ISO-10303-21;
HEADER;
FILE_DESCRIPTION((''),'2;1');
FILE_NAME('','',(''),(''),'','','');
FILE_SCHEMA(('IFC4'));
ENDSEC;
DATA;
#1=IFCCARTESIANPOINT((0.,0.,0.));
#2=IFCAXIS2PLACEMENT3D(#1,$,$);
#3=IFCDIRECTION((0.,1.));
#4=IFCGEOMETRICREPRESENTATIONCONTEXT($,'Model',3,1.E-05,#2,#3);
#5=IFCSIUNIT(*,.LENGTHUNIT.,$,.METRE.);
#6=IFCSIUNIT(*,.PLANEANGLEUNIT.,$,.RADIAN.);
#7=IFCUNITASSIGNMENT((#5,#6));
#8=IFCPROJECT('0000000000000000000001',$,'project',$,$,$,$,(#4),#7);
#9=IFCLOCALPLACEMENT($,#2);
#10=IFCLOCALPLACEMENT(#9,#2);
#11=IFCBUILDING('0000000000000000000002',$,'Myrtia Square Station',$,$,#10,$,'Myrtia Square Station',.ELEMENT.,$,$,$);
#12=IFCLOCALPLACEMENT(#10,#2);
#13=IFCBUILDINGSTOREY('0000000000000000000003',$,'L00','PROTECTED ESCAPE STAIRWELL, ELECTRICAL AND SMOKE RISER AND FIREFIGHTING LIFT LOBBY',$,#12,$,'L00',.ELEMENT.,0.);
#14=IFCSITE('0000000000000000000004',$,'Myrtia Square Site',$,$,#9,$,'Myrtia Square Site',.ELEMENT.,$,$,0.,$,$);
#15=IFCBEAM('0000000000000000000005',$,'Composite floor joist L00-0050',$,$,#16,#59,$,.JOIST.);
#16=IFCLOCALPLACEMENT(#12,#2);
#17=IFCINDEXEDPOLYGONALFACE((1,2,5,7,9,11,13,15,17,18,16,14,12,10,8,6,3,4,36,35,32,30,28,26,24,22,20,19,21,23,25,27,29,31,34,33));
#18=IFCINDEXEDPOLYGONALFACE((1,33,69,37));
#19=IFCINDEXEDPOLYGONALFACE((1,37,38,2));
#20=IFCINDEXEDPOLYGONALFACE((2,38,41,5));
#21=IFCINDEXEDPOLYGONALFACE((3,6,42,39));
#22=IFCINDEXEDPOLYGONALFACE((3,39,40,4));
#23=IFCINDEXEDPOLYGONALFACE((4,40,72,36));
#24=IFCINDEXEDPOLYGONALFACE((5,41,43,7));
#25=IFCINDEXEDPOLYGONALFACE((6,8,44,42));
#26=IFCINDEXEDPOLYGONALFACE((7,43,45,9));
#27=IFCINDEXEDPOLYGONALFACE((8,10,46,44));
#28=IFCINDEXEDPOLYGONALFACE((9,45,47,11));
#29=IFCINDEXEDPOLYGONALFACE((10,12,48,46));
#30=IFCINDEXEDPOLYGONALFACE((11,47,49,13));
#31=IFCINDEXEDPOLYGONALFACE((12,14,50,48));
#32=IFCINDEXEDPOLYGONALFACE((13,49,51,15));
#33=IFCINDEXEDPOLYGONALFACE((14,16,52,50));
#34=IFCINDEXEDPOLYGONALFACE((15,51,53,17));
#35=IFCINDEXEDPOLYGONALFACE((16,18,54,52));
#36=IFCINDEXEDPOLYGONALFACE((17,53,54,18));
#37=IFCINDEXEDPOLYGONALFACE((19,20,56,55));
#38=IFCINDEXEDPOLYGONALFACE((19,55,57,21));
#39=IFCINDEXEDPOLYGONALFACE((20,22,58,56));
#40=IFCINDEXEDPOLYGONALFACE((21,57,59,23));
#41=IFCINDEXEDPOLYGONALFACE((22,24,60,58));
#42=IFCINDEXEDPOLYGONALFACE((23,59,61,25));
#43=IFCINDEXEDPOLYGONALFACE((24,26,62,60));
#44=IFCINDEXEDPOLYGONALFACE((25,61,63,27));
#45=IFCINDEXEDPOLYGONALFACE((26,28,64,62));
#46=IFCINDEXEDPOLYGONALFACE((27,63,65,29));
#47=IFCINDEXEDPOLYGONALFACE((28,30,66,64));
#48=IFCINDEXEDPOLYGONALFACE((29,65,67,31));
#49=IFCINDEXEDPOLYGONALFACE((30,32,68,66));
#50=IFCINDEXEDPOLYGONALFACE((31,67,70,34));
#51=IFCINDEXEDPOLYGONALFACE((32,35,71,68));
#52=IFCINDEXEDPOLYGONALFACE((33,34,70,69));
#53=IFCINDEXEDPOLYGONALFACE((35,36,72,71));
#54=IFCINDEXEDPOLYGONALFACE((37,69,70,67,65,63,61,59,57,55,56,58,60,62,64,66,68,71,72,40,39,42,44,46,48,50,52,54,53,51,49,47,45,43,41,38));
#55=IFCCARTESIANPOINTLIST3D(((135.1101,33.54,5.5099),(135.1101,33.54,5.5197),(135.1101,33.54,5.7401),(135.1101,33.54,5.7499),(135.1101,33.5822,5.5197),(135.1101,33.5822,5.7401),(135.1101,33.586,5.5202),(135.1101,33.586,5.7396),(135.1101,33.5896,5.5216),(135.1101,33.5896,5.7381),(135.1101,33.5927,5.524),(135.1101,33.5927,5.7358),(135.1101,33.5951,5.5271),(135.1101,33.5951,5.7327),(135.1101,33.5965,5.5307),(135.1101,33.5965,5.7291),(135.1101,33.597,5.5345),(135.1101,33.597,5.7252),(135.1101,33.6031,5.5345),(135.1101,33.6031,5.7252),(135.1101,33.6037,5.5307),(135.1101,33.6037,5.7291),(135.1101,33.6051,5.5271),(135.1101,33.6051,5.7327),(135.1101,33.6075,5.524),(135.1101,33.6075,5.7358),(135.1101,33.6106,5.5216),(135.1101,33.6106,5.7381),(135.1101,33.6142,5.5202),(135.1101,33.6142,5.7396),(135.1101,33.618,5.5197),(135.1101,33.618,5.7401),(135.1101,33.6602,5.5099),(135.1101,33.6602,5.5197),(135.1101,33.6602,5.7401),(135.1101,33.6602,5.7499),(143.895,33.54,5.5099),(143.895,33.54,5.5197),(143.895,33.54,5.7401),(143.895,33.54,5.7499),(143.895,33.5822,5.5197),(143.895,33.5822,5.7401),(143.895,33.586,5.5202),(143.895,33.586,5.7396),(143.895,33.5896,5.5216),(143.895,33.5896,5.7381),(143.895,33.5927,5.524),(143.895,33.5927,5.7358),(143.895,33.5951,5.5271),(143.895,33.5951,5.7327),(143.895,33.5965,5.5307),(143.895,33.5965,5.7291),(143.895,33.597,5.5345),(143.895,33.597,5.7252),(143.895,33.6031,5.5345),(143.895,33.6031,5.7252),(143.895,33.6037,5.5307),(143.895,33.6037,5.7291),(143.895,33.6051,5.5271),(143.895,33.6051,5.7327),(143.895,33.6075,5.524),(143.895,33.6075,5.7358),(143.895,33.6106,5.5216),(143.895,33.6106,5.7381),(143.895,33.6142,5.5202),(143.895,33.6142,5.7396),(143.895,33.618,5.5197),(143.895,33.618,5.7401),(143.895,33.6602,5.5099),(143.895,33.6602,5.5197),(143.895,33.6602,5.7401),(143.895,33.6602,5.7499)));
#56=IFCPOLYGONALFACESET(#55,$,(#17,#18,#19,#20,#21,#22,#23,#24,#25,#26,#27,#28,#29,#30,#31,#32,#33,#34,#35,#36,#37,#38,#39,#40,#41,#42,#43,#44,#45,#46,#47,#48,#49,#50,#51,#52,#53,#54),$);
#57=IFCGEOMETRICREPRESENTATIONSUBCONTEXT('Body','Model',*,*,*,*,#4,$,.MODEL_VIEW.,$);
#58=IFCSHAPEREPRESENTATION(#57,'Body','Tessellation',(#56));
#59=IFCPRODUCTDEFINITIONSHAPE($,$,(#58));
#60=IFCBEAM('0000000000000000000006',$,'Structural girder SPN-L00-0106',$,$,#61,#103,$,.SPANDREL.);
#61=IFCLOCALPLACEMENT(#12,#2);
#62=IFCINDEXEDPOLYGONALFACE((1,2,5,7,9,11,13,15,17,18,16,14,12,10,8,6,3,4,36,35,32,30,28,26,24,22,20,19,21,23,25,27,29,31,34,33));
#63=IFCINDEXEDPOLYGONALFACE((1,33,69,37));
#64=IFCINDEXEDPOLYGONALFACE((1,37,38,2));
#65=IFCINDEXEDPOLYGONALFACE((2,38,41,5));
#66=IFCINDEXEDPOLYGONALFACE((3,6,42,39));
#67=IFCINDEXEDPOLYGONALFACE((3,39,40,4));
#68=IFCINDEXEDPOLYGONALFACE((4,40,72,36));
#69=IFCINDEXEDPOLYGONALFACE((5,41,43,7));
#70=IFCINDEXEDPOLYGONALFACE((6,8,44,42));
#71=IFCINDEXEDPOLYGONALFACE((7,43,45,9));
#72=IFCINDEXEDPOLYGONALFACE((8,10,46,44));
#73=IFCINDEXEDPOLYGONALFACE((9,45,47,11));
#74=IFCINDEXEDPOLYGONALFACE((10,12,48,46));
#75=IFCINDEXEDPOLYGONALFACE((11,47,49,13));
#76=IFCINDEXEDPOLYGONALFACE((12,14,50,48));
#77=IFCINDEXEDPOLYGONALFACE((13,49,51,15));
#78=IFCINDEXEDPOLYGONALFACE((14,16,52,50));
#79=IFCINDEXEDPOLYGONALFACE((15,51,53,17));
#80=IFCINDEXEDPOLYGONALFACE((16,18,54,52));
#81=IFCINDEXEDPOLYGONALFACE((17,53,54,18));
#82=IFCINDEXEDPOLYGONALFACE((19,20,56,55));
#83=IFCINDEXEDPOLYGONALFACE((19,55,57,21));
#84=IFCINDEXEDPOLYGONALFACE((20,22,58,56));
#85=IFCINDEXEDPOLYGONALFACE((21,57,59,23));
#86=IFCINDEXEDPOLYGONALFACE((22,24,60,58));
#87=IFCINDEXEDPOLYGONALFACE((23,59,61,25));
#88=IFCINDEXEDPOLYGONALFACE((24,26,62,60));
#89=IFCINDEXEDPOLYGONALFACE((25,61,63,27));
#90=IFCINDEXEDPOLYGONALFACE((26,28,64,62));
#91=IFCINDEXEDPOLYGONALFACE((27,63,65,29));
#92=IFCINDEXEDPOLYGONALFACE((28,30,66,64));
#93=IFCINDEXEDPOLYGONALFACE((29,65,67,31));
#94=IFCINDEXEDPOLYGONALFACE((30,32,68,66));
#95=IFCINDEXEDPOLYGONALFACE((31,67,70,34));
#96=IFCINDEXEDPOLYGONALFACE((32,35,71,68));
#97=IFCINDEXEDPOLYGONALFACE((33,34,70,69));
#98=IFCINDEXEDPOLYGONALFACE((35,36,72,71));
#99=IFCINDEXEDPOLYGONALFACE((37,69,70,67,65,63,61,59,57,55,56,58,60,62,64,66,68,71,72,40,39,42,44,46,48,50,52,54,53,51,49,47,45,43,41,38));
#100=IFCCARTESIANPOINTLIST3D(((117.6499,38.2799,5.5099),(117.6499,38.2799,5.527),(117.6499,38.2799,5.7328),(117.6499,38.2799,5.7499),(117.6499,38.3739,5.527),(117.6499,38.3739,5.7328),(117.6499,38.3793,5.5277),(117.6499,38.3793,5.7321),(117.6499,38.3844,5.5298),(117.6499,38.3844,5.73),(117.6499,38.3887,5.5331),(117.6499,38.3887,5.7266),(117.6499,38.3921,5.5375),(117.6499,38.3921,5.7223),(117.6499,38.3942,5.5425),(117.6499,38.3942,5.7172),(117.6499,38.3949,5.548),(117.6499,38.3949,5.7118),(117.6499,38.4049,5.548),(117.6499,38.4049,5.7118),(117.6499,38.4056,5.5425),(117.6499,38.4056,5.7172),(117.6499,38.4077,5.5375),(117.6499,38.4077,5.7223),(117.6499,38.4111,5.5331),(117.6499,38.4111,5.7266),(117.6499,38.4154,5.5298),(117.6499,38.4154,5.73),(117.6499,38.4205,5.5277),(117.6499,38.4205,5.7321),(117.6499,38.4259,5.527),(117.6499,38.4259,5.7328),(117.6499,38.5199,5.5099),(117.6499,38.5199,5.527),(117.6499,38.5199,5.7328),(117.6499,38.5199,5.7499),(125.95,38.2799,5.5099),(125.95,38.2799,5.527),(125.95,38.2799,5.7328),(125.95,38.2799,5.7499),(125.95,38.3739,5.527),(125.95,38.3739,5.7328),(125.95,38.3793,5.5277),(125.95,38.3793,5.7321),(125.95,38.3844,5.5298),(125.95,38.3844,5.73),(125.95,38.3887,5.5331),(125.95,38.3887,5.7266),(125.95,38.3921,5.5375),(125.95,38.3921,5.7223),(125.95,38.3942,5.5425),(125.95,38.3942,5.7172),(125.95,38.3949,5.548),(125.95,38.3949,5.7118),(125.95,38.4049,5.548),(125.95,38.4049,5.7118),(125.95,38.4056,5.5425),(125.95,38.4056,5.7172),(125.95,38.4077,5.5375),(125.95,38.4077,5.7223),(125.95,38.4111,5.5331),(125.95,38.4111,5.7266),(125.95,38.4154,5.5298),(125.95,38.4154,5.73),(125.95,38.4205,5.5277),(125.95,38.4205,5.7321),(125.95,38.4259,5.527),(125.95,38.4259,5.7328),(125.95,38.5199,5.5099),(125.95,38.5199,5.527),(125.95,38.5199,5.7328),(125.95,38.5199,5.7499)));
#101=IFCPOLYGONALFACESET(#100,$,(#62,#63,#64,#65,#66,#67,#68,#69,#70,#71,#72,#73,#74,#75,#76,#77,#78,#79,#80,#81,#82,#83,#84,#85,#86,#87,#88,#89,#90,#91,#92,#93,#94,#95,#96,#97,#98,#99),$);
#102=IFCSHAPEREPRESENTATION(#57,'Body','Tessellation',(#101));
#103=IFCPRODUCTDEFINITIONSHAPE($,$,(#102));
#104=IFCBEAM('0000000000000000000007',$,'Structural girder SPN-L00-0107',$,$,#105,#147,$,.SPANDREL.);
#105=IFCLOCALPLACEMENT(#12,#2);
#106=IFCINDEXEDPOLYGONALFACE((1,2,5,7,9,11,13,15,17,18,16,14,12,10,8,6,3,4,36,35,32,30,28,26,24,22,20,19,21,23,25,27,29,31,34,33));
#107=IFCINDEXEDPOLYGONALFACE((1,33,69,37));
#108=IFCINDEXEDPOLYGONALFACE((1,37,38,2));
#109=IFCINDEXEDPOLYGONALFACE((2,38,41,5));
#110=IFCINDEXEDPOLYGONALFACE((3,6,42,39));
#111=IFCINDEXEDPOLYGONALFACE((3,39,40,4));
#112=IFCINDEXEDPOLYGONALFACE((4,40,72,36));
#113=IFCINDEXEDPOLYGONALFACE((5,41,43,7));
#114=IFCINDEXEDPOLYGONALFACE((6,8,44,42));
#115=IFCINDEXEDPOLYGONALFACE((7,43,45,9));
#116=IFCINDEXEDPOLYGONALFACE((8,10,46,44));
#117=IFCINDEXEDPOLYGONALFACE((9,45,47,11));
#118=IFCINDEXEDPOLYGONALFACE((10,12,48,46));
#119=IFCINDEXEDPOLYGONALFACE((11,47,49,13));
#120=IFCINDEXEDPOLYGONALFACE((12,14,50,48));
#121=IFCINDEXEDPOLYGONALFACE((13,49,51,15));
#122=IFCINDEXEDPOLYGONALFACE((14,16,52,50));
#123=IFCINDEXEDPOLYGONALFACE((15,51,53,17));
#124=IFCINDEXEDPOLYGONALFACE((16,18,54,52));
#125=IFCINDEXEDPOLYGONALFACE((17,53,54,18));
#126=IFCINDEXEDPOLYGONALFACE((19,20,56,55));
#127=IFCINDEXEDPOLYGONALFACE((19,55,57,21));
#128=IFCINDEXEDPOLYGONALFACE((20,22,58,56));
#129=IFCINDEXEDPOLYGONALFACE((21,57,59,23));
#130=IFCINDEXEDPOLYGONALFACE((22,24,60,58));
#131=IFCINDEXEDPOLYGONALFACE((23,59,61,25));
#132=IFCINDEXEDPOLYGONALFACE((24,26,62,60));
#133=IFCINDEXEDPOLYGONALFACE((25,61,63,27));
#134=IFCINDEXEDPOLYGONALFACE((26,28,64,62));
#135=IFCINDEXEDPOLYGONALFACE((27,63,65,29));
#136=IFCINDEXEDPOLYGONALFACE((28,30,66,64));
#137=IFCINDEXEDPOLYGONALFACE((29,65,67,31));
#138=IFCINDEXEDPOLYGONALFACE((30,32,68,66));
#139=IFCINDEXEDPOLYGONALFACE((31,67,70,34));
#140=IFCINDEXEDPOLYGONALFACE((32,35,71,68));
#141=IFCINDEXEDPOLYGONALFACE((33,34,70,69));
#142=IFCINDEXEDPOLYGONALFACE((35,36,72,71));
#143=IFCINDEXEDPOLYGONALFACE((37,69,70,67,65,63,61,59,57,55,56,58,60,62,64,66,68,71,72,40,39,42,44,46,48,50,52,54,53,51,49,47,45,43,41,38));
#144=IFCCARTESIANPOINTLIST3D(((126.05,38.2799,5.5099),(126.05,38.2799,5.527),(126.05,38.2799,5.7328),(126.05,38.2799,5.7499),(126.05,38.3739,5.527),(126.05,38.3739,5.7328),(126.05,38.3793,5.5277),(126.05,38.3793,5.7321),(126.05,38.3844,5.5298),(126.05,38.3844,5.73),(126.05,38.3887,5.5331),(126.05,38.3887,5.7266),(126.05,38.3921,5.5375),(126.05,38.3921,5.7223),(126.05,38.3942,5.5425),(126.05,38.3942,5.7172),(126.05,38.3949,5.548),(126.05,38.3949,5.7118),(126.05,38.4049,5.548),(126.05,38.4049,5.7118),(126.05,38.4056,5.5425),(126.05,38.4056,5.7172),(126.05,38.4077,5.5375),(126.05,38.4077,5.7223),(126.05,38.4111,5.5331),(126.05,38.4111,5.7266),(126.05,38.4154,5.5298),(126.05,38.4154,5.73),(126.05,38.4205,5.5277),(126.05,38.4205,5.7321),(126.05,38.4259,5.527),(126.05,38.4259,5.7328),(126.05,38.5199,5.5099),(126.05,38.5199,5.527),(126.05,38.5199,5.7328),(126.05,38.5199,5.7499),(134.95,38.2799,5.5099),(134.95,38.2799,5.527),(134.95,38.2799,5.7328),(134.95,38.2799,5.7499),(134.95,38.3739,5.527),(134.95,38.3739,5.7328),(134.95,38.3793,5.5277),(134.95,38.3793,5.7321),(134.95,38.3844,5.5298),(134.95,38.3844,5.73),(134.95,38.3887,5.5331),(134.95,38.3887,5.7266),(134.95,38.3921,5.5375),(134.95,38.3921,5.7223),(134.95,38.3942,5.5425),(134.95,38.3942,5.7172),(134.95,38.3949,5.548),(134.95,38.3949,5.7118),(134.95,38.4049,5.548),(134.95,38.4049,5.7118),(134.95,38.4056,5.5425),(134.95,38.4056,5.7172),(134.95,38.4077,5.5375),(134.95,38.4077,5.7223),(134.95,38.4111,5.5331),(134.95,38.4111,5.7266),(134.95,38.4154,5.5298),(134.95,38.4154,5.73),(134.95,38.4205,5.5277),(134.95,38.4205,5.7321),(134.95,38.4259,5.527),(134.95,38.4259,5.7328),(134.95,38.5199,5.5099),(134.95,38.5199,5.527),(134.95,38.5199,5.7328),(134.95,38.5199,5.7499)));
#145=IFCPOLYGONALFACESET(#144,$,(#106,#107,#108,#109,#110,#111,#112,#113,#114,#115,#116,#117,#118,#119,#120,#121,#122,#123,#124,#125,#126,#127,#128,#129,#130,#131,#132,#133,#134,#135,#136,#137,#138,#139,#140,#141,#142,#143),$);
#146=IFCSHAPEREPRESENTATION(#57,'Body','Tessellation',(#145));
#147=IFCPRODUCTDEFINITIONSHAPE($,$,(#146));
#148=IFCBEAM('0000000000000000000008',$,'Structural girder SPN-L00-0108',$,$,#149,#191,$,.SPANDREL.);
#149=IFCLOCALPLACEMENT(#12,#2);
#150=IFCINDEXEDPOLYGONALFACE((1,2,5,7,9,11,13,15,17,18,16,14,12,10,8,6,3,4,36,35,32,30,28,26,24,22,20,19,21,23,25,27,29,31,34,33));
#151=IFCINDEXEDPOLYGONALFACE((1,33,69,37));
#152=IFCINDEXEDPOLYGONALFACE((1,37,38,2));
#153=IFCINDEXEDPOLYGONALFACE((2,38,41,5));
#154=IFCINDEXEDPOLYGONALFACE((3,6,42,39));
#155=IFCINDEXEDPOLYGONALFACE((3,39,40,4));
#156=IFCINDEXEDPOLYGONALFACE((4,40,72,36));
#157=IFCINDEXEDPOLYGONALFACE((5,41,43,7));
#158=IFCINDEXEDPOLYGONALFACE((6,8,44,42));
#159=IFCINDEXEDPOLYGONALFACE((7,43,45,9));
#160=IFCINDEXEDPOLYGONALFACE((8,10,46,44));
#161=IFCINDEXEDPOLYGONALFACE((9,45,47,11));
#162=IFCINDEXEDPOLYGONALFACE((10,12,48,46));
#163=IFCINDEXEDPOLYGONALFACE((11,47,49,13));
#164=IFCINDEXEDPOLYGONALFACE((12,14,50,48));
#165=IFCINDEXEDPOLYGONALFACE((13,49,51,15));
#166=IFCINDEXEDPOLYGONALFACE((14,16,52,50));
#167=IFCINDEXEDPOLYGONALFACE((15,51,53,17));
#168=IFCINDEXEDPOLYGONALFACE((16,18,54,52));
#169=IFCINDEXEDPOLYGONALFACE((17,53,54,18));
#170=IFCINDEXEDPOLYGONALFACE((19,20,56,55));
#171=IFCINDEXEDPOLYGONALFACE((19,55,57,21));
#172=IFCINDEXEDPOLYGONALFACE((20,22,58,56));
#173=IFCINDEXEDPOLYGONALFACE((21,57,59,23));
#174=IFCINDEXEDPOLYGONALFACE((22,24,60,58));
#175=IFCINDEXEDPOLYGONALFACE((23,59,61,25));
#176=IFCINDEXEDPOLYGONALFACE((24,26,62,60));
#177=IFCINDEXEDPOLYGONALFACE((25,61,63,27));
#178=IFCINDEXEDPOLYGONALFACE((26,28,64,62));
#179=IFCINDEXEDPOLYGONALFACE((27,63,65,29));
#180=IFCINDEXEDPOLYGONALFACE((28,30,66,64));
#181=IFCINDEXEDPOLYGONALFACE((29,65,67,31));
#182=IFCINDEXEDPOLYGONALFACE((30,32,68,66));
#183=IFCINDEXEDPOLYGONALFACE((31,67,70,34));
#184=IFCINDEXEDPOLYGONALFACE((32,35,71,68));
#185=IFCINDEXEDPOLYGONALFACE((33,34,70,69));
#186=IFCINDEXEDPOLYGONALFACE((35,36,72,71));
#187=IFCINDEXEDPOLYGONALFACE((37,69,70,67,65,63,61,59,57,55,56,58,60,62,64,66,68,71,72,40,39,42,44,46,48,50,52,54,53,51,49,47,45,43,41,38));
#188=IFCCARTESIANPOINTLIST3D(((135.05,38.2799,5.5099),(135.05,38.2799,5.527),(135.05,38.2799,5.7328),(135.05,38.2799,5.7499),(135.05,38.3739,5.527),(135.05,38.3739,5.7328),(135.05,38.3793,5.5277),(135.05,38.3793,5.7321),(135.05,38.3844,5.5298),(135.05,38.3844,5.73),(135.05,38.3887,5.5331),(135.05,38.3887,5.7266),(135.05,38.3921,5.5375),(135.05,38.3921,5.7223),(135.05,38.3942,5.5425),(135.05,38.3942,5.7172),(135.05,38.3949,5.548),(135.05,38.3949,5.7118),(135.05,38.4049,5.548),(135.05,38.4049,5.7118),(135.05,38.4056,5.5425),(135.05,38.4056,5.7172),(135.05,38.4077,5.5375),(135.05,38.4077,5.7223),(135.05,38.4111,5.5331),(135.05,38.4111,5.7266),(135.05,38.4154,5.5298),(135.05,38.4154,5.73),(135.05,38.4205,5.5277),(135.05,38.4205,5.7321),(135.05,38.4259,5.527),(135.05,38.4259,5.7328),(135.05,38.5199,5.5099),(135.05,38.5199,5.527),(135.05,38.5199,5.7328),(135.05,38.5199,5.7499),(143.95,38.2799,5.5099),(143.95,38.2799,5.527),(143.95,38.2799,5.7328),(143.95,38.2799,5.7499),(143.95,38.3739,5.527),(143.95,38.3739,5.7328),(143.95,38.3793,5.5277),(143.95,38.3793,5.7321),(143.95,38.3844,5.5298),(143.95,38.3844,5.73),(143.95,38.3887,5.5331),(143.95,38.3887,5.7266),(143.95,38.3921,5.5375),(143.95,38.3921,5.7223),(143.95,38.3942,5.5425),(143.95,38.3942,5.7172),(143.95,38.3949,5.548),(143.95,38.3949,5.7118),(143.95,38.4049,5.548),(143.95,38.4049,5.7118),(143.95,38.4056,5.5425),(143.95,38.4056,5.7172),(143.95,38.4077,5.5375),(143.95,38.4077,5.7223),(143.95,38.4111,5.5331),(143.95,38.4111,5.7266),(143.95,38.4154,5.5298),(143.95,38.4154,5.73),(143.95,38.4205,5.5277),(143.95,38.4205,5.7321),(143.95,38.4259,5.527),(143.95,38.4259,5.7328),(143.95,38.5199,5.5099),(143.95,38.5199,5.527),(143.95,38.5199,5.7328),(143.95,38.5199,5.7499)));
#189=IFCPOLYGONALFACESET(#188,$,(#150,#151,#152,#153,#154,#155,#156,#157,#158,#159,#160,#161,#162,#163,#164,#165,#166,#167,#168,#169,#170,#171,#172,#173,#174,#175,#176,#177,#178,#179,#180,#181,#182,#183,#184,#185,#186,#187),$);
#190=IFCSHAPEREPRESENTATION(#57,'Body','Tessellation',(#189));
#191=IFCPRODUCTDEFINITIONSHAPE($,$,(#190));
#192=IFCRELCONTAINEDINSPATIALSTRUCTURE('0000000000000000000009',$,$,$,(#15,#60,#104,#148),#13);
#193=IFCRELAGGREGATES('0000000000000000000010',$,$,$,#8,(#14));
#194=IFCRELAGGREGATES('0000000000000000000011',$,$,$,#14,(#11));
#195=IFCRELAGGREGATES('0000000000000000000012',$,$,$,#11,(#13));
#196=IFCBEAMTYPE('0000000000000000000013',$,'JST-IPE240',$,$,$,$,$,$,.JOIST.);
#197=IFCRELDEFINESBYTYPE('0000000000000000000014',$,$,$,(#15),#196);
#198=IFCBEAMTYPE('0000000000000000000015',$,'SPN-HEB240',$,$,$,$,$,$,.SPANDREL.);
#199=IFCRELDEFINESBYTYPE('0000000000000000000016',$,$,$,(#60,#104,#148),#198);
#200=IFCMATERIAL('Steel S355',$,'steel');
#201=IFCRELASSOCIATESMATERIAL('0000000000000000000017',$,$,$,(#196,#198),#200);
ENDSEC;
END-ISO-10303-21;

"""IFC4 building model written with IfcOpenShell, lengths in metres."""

from ifc_helpers import new_model, si_unit, direction, frame, origin, origin_2d, place, context, subcontext, project, spatial, i_section, extrude, material, material_profile, profile_set, type_object, element, save


model = new_model("IFC4")

# Units and contexts
model_context = context("Model", 3, precision=1e-05, world=origin(), true_north=direction((0.0, 1.0)))
body_context = subcontext(model_context, "Body", "Model", "MODEL_VIEW")
ifc_project = project(units=[si_unit("LENGTHUNIT", "METRE"), si_unit("PLANEANGLEUNIT", "RADIAN")], contexts=[model_context])

# Site, building, storey
site_placement = place(None, origin())
site = spatial("IfcSite", under=ifc_project, at=site_placement, Name="Myrtia Square Site", LongName="Myrtia Square Site", CompositionType="ELEMENT", RefElevation=0.0)
building_placement = place(site_placement, origin())
building = spatial("IfcBuilding", under=site, at=building_placement, Name="Myrtia Square Station", LongName="Myrtia Square Station", CompositionType="ELEMENT")
storey_placement = place(building_placement, origin())
storey = spatial("IfcBuildingStorey", under=building, at=storey_placement, Name="L00", Description="PROTECTED ESCAPE STAIRWELL, ELECTRICAL AND SMOKE RISER AND FIREFIGHTING LIFT LOBBY", LongName="L00", CompositionType="ELEMENT", Elevation=0.0)

# Shared definitions
ifc_material_1 = material(Name="Steel S355", Category="steel")

# Beams
ifc_material_profile_1 = material_profile(ifc_material_1, i_section(OverallWidth=0.1201, OverallDepth=0.24, WebThickness=0.0061, FlangeThickness=0.0098, FilletRadius=0.0149, at=origin_2d()), Name="IPE 240")
ifc_profile_set_1 = profile_set([ifc_material_profile_1], Name="Steel S355")
beam_type_1 = type_object("IfcBeamType", Name="JST-IPE240", PredefinedType="JOIST", material=ifc_profile_set_1)
beam_1_placement = place(storey_placement, frame((135.1101, 33.6001, 5.6299), z_axis=(1.0, 0.0, 0.0), x_axis=(0.0, 1.0, 0.0)))
element("IfcBeam", 1, at=beam_1_placement, inside=storey, type_object=beam_type_1, Name="Composite floor joist L00-0050", PredefinedType="JOIST", context=body_context, shape_type="SweptSolid", body=[
    extrude(i_section(OverallWidth=0.1201, OverallDepth=0.24, WebThickness=0.0061, FlangeThickness=0.0098, FilletRadius=0.0149, at=origin_2d()), origin(), (0.0, 0.0, 1.0), 8.7849),
])
ifc_material_profile_2 = material_profile(ifc_material_1, i_section(OverallWidth=0.24, OverallDepth=0.24, WebThickness=0.01, FlangeThickness=0.0171, FilletRadius=0.021, at=origin_2d()), Name="HEB 240")
ifc_profile_set_2 = profile_set([ifc_material_profile_2], Name="Steel S355")
beam_type_2 = type_object("IfcBeamType", Name="SPN-HEB240", PredefinedType="SPANDREL", material=ifc_profile_set_2)
beam_2_placement = place(storey_placement, frame((117.6499, 38.3999, 5.6299), z_axis=(1.0, 0.0, 0.0), x_axis=(0.0, 1.0, 0.0)))
element("IfcBeam", 2, at=beam_2_placement, inside=storey, type_object=beam_type_2, Name="Structural girder SPN-L00-0106", PredefinedType="SPANDREL", context=body_context, shape_type="SweptSolid", body=[
    extrude(i_section(OverallWidth=0.24, OverallDepth=0.24, WebThickness=0.01, FlangeThickness=0.0171, FilletRadius=0.021, at=origin_2d()), origin(), (0.0, 0.0, 1.0), 8.3),
])
for number, where, z_axis, x_axis, name in (
    (3, (126.05, 38.3999, 5.6299), (1.0, 0.0, 0.0), (0.0, 1.0, 0.0), "Structural girder SPN-L00-0107"),
    (4, (135.05, 38.3999, 5.6299), (1.0, 0.0, 0.0), (0.0, 1.0, 0.0), "Structural girder SPN-L00-0108"),
):
    element("IfcBeam", number, at=place(storey_placement, frame(where, z_axis=z_axis, x_axis=x_axis)), inside=storey, type_object=beam_type_2, Name=name, PredefinedType="SPANDREL", context=body_context, shape_type="SweptSolid", body=[
        extrude(i_section(OverallWidth=0.24, OverallDepth=0.24, WebThickness=0.01, FlangeThickness=0.0171, FilletRadius=0.021, at=origin_2d()), origin(), (0.0, 0.0, 1.0), 8.8999),
    ])

save(model, "model.ifc")
